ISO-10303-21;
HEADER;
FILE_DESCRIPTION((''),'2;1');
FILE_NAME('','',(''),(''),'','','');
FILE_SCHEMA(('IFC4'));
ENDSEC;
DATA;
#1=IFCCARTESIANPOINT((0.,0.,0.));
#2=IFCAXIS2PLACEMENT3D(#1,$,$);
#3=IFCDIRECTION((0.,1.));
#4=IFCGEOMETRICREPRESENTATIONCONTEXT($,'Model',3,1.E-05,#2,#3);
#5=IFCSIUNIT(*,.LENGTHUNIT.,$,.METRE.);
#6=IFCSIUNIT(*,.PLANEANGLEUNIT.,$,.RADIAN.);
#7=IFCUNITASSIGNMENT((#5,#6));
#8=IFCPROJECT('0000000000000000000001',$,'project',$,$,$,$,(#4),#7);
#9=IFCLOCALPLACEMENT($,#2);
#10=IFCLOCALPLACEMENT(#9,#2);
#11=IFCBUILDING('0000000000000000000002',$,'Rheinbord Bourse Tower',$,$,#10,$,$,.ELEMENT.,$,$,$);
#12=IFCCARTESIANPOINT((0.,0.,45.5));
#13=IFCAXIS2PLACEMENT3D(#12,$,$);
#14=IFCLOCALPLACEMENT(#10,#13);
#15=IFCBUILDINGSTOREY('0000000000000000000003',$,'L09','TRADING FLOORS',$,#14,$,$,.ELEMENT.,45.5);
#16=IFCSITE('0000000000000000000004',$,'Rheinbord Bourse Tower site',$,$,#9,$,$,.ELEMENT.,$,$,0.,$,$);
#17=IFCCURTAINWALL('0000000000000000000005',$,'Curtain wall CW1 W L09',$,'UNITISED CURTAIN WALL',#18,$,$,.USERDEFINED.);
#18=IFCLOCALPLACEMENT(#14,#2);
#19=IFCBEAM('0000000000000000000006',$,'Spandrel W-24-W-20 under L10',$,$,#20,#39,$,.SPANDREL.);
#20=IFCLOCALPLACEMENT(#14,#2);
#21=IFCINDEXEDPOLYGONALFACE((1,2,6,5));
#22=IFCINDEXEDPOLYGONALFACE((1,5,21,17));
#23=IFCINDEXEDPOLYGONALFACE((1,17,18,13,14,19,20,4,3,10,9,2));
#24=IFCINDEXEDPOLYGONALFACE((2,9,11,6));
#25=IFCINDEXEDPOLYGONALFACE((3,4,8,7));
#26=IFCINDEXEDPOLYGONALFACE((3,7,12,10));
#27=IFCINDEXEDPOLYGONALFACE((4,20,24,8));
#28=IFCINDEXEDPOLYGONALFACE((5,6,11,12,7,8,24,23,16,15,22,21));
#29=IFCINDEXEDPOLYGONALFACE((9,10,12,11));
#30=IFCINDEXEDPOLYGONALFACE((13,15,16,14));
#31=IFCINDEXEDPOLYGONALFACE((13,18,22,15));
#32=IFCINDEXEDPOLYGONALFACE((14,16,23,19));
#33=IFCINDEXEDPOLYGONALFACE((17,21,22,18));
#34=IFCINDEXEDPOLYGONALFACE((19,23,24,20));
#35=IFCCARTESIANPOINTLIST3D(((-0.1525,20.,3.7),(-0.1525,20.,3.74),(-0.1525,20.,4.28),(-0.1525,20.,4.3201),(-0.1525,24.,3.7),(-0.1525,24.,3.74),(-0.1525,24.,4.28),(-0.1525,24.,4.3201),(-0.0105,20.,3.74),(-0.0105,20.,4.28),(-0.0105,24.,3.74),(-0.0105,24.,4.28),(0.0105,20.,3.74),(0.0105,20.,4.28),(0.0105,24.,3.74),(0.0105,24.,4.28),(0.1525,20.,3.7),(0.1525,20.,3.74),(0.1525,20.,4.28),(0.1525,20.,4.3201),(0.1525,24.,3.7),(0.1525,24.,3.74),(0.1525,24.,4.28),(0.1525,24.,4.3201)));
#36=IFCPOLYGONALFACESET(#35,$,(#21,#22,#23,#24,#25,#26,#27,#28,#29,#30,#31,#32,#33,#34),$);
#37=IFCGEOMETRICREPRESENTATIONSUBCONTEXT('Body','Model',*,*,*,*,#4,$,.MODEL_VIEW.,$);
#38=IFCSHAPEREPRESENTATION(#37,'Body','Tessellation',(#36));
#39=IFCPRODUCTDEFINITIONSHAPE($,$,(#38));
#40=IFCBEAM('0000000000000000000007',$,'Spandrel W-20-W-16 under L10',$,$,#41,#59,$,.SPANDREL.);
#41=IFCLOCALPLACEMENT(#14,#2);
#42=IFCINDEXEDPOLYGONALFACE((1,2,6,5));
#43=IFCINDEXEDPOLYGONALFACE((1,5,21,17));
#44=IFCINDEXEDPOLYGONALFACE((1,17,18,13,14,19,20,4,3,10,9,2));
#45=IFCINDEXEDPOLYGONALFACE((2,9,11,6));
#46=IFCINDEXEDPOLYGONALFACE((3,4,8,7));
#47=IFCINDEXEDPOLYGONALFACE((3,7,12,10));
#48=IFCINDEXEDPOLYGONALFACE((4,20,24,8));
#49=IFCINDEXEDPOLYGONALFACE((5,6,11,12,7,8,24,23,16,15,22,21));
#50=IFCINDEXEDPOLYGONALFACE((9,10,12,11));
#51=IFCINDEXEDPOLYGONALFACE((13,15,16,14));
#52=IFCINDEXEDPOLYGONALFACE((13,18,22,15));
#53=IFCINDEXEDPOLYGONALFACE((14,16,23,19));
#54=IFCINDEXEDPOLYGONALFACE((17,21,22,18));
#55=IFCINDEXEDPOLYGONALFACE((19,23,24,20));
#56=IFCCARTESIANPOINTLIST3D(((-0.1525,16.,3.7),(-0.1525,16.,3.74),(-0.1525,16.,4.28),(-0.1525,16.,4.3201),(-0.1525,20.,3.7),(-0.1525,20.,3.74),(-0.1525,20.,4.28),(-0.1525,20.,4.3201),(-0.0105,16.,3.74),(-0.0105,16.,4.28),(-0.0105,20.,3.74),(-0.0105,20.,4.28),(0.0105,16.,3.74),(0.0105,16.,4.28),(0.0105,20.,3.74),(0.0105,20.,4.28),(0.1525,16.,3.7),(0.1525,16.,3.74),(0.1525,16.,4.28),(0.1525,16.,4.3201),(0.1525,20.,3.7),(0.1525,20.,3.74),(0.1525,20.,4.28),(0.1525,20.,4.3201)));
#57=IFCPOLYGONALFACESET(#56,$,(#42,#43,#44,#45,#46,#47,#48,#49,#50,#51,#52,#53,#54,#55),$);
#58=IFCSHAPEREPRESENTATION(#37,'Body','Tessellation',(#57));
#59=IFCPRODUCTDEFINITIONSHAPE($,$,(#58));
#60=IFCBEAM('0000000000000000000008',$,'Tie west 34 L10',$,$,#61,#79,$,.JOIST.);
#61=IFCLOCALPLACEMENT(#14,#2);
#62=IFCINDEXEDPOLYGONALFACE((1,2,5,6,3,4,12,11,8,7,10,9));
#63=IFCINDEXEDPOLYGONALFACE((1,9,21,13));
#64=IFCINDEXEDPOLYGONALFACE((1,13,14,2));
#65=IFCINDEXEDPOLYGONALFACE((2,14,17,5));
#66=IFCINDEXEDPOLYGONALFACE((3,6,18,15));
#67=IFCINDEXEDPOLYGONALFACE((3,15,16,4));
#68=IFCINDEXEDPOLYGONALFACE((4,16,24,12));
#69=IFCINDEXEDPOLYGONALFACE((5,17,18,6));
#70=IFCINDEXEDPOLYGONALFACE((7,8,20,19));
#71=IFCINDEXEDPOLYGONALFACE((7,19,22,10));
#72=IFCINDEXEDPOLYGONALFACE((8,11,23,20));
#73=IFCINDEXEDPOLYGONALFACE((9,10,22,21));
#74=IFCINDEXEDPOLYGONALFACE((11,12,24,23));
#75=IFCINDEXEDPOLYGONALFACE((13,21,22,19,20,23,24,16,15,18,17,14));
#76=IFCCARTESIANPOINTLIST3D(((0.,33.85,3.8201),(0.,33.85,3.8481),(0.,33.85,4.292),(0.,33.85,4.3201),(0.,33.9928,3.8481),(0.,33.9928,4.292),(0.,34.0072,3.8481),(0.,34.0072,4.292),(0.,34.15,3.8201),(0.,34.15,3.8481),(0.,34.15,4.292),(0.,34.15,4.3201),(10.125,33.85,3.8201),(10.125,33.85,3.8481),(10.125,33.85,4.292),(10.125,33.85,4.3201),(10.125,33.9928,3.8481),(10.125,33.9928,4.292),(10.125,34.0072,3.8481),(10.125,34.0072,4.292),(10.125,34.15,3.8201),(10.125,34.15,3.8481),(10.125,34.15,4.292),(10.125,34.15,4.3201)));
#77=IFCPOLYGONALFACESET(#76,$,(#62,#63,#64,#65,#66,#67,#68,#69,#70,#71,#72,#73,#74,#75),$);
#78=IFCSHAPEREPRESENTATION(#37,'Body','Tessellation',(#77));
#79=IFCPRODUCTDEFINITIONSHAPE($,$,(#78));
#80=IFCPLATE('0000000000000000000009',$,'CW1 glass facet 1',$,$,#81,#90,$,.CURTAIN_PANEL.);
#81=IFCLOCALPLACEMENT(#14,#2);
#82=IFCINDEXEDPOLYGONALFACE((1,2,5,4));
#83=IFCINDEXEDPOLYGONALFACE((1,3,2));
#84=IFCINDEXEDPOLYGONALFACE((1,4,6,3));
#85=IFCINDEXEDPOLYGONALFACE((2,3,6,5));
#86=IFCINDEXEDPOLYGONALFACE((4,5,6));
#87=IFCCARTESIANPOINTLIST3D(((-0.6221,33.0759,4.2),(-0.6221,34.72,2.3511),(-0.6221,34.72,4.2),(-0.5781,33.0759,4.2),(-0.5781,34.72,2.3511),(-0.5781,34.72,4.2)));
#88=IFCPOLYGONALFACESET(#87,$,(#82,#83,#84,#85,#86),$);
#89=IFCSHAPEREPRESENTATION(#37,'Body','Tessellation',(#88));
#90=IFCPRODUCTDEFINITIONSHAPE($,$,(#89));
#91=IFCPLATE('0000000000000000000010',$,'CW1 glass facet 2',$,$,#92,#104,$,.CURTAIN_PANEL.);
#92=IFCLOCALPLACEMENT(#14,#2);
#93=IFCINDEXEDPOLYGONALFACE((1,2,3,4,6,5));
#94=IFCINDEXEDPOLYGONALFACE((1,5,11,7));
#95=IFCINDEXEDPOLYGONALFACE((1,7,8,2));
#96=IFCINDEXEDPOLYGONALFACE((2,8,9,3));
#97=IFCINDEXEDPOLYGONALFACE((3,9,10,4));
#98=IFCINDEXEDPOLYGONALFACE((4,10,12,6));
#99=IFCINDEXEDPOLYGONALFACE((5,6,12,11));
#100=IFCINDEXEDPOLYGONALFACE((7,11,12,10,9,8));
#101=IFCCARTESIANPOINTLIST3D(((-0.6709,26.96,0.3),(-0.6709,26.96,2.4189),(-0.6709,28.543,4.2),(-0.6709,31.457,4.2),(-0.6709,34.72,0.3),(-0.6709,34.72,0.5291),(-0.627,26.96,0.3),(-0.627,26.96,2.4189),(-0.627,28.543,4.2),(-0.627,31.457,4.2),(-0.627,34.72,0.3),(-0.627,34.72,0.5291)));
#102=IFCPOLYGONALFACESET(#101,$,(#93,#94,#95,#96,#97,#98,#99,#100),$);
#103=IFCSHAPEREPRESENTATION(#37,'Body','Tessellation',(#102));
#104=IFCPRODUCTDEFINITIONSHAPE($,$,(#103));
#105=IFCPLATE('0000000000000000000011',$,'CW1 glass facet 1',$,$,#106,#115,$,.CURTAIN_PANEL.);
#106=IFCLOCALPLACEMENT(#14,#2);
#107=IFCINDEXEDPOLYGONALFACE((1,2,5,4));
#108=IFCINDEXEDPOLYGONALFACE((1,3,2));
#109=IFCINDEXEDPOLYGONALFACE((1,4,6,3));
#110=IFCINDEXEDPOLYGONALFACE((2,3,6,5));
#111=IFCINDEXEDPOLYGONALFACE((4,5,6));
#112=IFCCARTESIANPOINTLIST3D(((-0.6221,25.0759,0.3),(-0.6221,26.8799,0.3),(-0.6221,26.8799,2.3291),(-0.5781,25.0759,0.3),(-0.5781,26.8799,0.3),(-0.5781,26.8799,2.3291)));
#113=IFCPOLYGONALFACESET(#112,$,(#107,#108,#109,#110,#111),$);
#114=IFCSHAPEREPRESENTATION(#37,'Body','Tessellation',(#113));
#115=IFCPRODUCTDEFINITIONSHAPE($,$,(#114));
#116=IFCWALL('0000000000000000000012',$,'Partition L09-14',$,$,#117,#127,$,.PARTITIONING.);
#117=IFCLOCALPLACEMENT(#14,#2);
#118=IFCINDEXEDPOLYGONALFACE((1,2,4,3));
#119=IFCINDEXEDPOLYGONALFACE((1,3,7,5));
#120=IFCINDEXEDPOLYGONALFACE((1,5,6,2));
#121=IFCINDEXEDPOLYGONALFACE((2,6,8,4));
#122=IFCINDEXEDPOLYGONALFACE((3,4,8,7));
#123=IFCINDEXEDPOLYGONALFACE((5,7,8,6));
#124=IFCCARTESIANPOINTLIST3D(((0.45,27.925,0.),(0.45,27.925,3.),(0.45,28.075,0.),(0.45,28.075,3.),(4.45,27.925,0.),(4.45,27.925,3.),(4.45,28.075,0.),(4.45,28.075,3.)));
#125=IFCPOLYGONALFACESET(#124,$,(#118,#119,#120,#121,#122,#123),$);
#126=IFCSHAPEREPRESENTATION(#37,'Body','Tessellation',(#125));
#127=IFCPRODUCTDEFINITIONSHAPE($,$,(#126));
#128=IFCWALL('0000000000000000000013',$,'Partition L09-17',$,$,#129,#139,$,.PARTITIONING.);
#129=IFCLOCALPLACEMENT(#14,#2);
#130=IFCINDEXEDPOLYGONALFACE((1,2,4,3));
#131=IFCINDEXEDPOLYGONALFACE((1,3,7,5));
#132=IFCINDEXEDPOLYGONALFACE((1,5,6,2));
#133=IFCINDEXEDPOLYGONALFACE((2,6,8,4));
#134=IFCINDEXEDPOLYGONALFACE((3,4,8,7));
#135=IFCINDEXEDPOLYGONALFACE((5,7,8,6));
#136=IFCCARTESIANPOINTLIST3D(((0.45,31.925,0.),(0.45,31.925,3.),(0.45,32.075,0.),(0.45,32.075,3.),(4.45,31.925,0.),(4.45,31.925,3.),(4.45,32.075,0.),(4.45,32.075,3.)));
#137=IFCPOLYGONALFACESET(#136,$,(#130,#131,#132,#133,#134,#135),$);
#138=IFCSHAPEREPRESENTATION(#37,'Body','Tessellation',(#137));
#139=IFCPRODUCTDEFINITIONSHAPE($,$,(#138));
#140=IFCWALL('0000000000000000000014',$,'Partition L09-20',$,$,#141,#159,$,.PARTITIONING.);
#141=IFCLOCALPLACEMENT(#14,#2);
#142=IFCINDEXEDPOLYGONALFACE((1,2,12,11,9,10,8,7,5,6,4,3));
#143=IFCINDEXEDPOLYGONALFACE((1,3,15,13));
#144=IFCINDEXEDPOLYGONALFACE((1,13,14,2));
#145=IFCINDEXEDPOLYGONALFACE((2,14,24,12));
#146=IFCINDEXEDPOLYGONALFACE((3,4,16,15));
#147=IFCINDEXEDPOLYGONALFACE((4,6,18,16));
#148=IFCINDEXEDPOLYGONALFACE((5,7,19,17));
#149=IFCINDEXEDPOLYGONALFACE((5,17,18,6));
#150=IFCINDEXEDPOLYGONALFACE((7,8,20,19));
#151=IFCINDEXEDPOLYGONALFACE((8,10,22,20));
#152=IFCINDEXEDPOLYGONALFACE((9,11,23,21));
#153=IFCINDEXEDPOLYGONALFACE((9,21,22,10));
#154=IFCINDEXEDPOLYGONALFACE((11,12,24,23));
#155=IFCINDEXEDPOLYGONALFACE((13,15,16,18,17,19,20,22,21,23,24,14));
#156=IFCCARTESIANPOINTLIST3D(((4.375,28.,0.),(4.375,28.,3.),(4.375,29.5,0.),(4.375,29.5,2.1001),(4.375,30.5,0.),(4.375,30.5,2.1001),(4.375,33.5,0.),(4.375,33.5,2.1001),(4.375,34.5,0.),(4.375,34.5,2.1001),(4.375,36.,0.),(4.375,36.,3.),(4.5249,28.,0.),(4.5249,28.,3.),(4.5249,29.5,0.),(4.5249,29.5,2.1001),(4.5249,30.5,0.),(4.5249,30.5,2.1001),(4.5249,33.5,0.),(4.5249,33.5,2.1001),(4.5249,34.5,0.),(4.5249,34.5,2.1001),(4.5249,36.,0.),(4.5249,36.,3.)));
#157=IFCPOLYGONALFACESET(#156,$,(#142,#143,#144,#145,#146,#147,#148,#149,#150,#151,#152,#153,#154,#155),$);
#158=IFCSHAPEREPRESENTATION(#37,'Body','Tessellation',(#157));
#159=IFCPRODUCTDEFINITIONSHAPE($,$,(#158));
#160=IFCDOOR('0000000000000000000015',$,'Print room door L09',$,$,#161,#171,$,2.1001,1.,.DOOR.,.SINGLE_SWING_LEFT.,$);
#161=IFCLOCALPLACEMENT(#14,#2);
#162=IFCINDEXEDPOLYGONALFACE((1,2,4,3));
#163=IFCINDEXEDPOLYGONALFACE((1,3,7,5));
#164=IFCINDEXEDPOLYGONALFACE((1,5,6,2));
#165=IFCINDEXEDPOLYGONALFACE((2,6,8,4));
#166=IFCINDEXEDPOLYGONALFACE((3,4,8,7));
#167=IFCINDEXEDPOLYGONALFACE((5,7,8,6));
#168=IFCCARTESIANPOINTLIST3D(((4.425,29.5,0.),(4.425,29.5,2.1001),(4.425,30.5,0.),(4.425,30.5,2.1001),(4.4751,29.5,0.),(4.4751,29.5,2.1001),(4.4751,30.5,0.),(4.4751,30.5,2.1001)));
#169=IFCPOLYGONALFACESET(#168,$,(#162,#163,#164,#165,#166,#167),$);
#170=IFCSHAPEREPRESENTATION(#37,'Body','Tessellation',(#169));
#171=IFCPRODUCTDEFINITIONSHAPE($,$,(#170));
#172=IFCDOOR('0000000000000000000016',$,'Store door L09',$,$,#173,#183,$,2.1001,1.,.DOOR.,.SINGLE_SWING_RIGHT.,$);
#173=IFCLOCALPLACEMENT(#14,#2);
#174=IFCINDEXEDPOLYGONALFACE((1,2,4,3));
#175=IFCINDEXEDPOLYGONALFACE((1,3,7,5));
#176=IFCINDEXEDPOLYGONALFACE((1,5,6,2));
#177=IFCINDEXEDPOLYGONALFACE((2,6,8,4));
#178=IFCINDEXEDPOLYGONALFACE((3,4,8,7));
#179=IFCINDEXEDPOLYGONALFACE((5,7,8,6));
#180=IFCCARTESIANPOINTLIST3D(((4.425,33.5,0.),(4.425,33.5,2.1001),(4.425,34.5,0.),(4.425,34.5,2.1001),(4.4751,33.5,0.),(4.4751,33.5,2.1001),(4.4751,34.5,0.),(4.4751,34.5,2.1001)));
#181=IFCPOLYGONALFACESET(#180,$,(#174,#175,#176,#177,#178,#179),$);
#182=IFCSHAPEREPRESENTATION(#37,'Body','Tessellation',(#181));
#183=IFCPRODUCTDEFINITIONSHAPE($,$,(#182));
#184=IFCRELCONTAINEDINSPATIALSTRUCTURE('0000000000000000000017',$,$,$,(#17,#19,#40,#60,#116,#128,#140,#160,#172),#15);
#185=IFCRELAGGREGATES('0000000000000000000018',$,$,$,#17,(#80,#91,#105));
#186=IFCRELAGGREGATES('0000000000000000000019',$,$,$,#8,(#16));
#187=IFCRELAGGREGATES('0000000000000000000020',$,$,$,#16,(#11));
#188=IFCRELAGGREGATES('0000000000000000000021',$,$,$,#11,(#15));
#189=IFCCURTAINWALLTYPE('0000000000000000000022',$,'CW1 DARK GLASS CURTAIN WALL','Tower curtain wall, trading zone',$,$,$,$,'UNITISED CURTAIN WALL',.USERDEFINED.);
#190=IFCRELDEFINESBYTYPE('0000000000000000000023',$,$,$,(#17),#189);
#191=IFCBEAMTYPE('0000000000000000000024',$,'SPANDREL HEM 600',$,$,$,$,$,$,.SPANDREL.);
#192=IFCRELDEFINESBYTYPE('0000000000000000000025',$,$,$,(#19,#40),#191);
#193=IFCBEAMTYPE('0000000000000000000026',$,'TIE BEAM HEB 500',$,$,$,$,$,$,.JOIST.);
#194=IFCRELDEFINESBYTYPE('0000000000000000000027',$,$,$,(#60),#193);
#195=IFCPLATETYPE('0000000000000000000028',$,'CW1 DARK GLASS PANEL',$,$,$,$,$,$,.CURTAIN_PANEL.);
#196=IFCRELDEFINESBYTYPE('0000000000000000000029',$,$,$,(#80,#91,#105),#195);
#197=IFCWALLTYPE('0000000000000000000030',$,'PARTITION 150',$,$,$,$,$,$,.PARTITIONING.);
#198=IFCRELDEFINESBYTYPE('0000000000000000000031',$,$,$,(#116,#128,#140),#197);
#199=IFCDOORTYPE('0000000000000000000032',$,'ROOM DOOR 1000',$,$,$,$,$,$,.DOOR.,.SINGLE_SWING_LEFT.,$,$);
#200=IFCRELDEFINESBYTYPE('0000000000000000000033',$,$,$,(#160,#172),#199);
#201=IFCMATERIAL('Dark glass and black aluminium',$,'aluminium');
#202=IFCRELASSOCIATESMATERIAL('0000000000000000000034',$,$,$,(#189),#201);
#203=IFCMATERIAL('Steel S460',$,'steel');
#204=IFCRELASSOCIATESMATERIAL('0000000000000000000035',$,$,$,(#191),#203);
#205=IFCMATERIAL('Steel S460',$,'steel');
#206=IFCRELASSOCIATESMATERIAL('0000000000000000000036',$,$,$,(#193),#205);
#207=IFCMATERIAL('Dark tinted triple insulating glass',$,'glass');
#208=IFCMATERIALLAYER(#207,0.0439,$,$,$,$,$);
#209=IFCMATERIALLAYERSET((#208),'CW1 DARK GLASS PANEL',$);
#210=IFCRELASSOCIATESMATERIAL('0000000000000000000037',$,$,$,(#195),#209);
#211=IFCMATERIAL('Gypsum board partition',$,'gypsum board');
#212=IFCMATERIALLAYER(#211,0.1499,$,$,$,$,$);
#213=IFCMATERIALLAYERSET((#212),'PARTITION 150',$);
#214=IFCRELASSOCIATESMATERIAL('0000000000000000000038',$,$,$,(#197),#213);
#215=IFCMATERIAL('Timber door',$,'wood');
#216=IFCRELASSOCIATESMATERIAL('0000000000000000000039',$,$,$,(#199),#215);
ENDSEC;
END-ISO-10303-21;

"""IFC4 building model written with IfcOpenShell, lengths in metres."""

from ifc_helpers import new_model, si_unit, direction, frame, frame_2d, origin, origin_2d, place, context, subcontext, project, spatial, polyline, rectangle, i_section, outline, extrude, material, layer, layer_set, material_profile, profile_set, type_object, element, fill, aggregate, save


model = new_model("IFC4")

# Units and contexts
model_context = context("Model", 3, precision=1e-05, world=origin(), true_north=direction((0.0, 1.0)))
body_context = subcontext(model_context, "Body", "Model", "MODEL_VIEW")
ifc_project = project(units=[si_unit("LENGTHUNIT", "METRE"), si_unit("PLANEANGLEUNIT", "RADIAN")], contexts=[model_context])

# Site, building, storey
site_placement = place(None, origin())
site = spatial("IfcSite", under=ifc_project, at=site_placement, Name="Rheinbord Bourse Tower site", CompositionType="ELEMENT", RefElevation=0.0)
building_placement = place(site_placement, origin())
building = spatial("IfcBuilding", under=site, at=building_placement, Name="Rheinbord Bourse Tower", CompositionType="ELEMENT")
storey_placement = place(building_placement, frame((0.0, 0.0, 45.5)))
storey = spatial("IfcBuildingStorey", under=building, at=storey_placement, Name="L09", Description="TRADING FLOORS", CompositionType="ELEMENT", Elevation=45.5)

# Curtain wall
ifc_material_1 = material(Name="Dark glass and black aluminium", Category="aluminium")
curtain_wall_type = type_object("IfcCurtainWallType", Name="CW1 DARK GLASS CURTAIN WALL", Description="Tower curtain wall, trading zone", ElementType="UNITISED CURTAIN WALL", PredefinedType="USERDEFINED", material=ifc_material_1)
curtain_wall_placement = place(storey_placement, origin())
curtain_wall = element("IfcCurtainWall", 1, at=curtain_wall_placement, inside=storey, type_object=curtain_wall_type, Name="Curtain wall CW1 W L09", ObjectType="UNITISED CURTAIN WALL", PredefinedType="USERDEFINED")

# Beams
ifc_material_2 = material(Name="Steel S460", Category="steel")
ifc_material_profile_1 = material_profile(ifc_material_2, i_section(OverallWidth=0.3049, OverallDepth=0.6201, WebThickness=0.021, FlangeThickness=0.04, at=origin_2d()), Name="HEM 600")
ifc_profile_set_1 = profile_set([ifc_material_profile_1], Name="Steel S460")
beam_type_1 = type_object("IfcBeamType", Name="SPANDREL HEM 600", PredefinedType="SPANDREL", material=ifc_profile_set_1)
for number, where, z_axis, x_axis, name in (
    (2, (0.0, 24.0, 4.01), (0.0, -1.0, 0.0), (1.0, 0.0, 0.0), "Spandrel W-24-W-20 under L10"),
    (3, (0.0, 20.0, 4.01), (0.0, -1.0, 0.0), (1.0, 0.0, 0.0), "Spandrel W-20-W-16 under L10"),
):
    element("IfcBeam", number, at=place(storey_placement, frame(where, z_axis=z_axis, x_axis=x_axis)), inside=storey, type_object=beam_type_1, Name=name, PredefinedType="SPANDREL", context=body_context, shape_type="SweptSolid", body=[
        extrude(i_section(OverallWidth=0.3049, OverallDepth=0.6201, WebThickness=0.021, FlangeThickness=0.04, at=origin_2d()), origin(), (0.0, 0.0, 1.0), 4.0),
    ])
ifc_material_3 = material(Name="Steel S460", Category="steel")
ifc_material_profile_2 = material_profile(ifc_material_3, i_section(OverallWidth=0.3, OverallDepth=0.5, WebThickness=0.0144, FlangeThickness=0.0281, at=origin_2d()), Name="HEB 500")
ifc_profile_set_2 = profile_set([ifc_material_profile_2], Name="Steel S460")
beam_type_2 = type_object("IfcBeamType", Name="TIE BEAM HEB 500", PredefinedType="JOIST", material=ifc_profile_set_2)
beam_1_placement = place(storey_placement, frame((0.0, 34.0, 4.0701), z_axis=(1.0, 0.0, 0.0), x_axis=(0.0, 1.0, 0.0)))
element("IfcBeam", 4, at=beam_1_placement, inside=storey, type_object=beam_type_2, Name="Tie west 34 L10", PredefinedType="JOIST", context=body_context, shape_type="SweptSolid", body=[
    extrude(i_section(OverallWidth=0.3, OverallDepth=0.5, WebThickness=0.0144, FlangeThickness=0.0281, at=origin_2d()), origin(), (0.0, 0.0, 1.0), 10.125),
])

# Plates
ifc_material_4 = material(Name="Dark tinted triple insulating glass", Category="glass")
ifc_layer_1 = layer(ifc_material_4, 0.0439)
ifc_layer_set_1 = layer_set([ifc_layer_1], Name="CW1 DARK GLASS PANEL")
plate_type = type_object("IfcPlateType", Name="CW1 DARK GLASS PANEL", PredefinedType="CURTAIN_PANEL", material=ifc_layer_set_1)
plate_1_placement = place(storey_placement, frame((-0.6221, 34.72, 4.2), z_axis=(1.0, 0.0, 0.0), x_axis=(0.0, -1.0, 0.0)))
plate_1 = element("IfcPlate", 5, at=plate_1_placement, type_object=plate_type, Name="CW1 glass facet 1", PredefinedType="CURTAIN_PANEL", context=body_context, shape_type="SweptSolid", body=[
    extrude(outline(polyline([(0.0, 0.0), (1.644, 0.0), (0.0, 1.8489), (0.0, 0.0)])), origin(), (0.0, 0.0, 1.0), 0.0439),
])
plate_2_placement = place(storey_placement, frame((-0.6709, 26.96, 0.3), z_axis=(1.0, 0.0, 0.0), x_axis=(0.0, 1.0, 0.0)))
plate_2 = element("IfcPlate", 6, at=plate_2_placement, type_object=plate_type, Name="CW1 glass facet 2", PredefinedType="CURTAIN_PANEL", context=body_context, shape_type="SweptSolid", body=[
    extrude(outline(polyline([(0.0, 0.0), (7.76, 0.0), (7.76, 0.229), (4.4971, 3.8999), (1.583, 3.8999), (0.0, 2.1189), (0.0, 0.0)])), origin(), (0.0, 0.0, 1.0), 0.0439),
])
plate_3_placement = place(storey_placement, frame((-0.6221, 26.8799, 0.3), z_axis=(1.0, 0.0, 0.0), x_axis=(0.0, 0.0, 1.0)))
plate_3 = element("IfcPlate", 7, at=plate_3_placement, type_object=plate_type, Name="CW1 glass facet 1", PredefinedType="CURTAIN_PANEL", context=body_context, shape_type="SweptSolid", body=[
    extrude(outline(polyline([(0.0, 0.0), (2.0291, 0.0), (0.0, 1.804), (0.0, 0.0)])), origin(), (0.0, 0.0, 1.0), 0.0439),
])
aggregate(curtain_wall, [plate_1, plate_2, plate_3])

# Walls
ifc_material_5 = material(Name="Gypsum board partition", Category="gypsum board")
ifc_layer_2 = layer(ifc_material_5, 0.1499)
ifc_layer_set_2 = layer_set([ifc_layer_2], Name="PARTITION 150")
wall_type = type_object("IfcWallType", Name="PARTITION 150", PredefinedType="PARTITIONING", material=ifc_layer_set_2)
for number, where, z_axis, x_axis, name in (
    (8, (0.45, 28.0, 0.0), (0.0, 0.0, 1.0), (1.0, 0.0, 0.0), "Partition L09-14"),
    (9, (0.45, 32.0, 0.0), (0.0, 0.0, 1.0), (1.0, 0.0, 0.0), "Partition L09-17"),
):
    element("IfcWall", number, at=place(storey_placement, frame(where, z_axis=z_axis, x_axis=x_axis)), inside=storey, type_object=wall_type, Name=name, PredefinedType="PARTITIONING", context=body_context, shape_type="SweptSolid", body=[
        extrude(rectangle(XDim=4.0, YDim=0.1499, at=frame_2d((2.0, 0.0))), origin(), (0.0, 0.0, 1.0), 3.0),
    ])

# Wall, openings, doors
wall_placement = place(storey_placement, frame((4.45, 28.0, 0.0), z_axis=(0.0, 0.0, 1.0), x_axis=(0.0, 1.0, 0.0)))
wall = element("IfcWall", 10, at=wall_placement, inside=storey, type_object=wall_type, Name="Partition L09-20", PredefinedType="PARTITIONING", context=body_context, shape_type="SweptSolid", body=[
    extrude(rectangle(XDim=8.0, YDim=0.1499, at=frame_2d((4.0, 0.0))), origin(), (0.0, 0.0, 1.0), 3.0),
])
opening_1_placement = place(wall_placement, frame((1.5, 0.0, 0.0)))
opening_1 = element("IfcOpeningElement", 11, at=opening_1_placement, cuts=wall, PredefinedType="OPENING", context=body_context, shape_type="SweptSolid", body=[
    extrude(rectangle(XDim=1.0, YDim=2.1001, at=frame_2d((0.5, 1.05))), frame((0.0, 0.085, 0.0), z_axis=(0.0, -1.0, 0.0), x_axis=(1.0, 0.0, 0.0)), (0.0, 0.0, 1.0), 0.1699),
])
opening_2_placement = place(wall_placement, frame((5.5, 0.0, 0.0)))
opening_2 = element("IfcOpeningElement", 12, at=opening_2_placement, cuts=wall, PredefinedType="OPENING", context=body_context, shape_type="SweptSolid", body=[
    extrude(rectangle(XDim=1.0, YDim=2.1001, at=frame_2d((0.5, 1.05))), frame((0.0, 0.085, 0.0), z_axis=(0.0, -1.0, 0.0), x_axis=(1.0, 0.0, 0.0)), (0.0, 0.0, 1.0), 0.1699),
])
ifc_material_6 = material(Name="Timber door", Category="wood")
door_type = type_object("IfcDoorType", Name="ROOM DOOR 1000", OperationType="SINGLE_SWING_LEFT", PredefinedType="DOOR", material=ifc_material_6)
door_1_placement = place(opening_1_placement, origin())
door_1 = element("IfcDoor", 13, at=door_1_placement, inside=storey, type_object=door_type, Name="Print room door L09", OperationType="SINGLE_SWING_LEFT", OverallHeight=2.1001, OverallWidth=1.0, PredefinedType="DOOR", context=body_context, shape_type="SweptSolid", body=[
    extrude(rectangle(XDim=1.0, YDim=2.1001, at=frame_2d((0.5, 1.05))), frame((0.0, 0.0249, 0.0), z_axis=(0.0, -1.0, 0.0), x_axis=(1.0, 0.0, 0.0)), (0.0, 0.0, 1.0), 0.05),
])
fill(opening_1, door_1)
door_2_placement = place(opening_2_placement, origin())
door_2 = element("IfcDoor", 14, at=door_2_placement, inside=storey, type_object=door_type, Name="Store door L09", OperationType="SINGLE_SWING_RIGHT", OverallHeight=2.1001, OverallWidth=1.0, PredefinedType="DOOR", context=body_context, shape_type="SweptSolid", body=[
    extrude(rectangle(XDim=1.0, YDim=2.1001, at=frame_2d((0.5, 1.05))), frame((0.0, 0.0249, 0.0), z_axis=(0.0, -1.0, 0.0), x_axis=(1.0, 0.0, 0.0)), (0.0, 0.0, 1.0), 0.05),
])
fill(opening_2, door_2)

save(model, "model.ifc")
